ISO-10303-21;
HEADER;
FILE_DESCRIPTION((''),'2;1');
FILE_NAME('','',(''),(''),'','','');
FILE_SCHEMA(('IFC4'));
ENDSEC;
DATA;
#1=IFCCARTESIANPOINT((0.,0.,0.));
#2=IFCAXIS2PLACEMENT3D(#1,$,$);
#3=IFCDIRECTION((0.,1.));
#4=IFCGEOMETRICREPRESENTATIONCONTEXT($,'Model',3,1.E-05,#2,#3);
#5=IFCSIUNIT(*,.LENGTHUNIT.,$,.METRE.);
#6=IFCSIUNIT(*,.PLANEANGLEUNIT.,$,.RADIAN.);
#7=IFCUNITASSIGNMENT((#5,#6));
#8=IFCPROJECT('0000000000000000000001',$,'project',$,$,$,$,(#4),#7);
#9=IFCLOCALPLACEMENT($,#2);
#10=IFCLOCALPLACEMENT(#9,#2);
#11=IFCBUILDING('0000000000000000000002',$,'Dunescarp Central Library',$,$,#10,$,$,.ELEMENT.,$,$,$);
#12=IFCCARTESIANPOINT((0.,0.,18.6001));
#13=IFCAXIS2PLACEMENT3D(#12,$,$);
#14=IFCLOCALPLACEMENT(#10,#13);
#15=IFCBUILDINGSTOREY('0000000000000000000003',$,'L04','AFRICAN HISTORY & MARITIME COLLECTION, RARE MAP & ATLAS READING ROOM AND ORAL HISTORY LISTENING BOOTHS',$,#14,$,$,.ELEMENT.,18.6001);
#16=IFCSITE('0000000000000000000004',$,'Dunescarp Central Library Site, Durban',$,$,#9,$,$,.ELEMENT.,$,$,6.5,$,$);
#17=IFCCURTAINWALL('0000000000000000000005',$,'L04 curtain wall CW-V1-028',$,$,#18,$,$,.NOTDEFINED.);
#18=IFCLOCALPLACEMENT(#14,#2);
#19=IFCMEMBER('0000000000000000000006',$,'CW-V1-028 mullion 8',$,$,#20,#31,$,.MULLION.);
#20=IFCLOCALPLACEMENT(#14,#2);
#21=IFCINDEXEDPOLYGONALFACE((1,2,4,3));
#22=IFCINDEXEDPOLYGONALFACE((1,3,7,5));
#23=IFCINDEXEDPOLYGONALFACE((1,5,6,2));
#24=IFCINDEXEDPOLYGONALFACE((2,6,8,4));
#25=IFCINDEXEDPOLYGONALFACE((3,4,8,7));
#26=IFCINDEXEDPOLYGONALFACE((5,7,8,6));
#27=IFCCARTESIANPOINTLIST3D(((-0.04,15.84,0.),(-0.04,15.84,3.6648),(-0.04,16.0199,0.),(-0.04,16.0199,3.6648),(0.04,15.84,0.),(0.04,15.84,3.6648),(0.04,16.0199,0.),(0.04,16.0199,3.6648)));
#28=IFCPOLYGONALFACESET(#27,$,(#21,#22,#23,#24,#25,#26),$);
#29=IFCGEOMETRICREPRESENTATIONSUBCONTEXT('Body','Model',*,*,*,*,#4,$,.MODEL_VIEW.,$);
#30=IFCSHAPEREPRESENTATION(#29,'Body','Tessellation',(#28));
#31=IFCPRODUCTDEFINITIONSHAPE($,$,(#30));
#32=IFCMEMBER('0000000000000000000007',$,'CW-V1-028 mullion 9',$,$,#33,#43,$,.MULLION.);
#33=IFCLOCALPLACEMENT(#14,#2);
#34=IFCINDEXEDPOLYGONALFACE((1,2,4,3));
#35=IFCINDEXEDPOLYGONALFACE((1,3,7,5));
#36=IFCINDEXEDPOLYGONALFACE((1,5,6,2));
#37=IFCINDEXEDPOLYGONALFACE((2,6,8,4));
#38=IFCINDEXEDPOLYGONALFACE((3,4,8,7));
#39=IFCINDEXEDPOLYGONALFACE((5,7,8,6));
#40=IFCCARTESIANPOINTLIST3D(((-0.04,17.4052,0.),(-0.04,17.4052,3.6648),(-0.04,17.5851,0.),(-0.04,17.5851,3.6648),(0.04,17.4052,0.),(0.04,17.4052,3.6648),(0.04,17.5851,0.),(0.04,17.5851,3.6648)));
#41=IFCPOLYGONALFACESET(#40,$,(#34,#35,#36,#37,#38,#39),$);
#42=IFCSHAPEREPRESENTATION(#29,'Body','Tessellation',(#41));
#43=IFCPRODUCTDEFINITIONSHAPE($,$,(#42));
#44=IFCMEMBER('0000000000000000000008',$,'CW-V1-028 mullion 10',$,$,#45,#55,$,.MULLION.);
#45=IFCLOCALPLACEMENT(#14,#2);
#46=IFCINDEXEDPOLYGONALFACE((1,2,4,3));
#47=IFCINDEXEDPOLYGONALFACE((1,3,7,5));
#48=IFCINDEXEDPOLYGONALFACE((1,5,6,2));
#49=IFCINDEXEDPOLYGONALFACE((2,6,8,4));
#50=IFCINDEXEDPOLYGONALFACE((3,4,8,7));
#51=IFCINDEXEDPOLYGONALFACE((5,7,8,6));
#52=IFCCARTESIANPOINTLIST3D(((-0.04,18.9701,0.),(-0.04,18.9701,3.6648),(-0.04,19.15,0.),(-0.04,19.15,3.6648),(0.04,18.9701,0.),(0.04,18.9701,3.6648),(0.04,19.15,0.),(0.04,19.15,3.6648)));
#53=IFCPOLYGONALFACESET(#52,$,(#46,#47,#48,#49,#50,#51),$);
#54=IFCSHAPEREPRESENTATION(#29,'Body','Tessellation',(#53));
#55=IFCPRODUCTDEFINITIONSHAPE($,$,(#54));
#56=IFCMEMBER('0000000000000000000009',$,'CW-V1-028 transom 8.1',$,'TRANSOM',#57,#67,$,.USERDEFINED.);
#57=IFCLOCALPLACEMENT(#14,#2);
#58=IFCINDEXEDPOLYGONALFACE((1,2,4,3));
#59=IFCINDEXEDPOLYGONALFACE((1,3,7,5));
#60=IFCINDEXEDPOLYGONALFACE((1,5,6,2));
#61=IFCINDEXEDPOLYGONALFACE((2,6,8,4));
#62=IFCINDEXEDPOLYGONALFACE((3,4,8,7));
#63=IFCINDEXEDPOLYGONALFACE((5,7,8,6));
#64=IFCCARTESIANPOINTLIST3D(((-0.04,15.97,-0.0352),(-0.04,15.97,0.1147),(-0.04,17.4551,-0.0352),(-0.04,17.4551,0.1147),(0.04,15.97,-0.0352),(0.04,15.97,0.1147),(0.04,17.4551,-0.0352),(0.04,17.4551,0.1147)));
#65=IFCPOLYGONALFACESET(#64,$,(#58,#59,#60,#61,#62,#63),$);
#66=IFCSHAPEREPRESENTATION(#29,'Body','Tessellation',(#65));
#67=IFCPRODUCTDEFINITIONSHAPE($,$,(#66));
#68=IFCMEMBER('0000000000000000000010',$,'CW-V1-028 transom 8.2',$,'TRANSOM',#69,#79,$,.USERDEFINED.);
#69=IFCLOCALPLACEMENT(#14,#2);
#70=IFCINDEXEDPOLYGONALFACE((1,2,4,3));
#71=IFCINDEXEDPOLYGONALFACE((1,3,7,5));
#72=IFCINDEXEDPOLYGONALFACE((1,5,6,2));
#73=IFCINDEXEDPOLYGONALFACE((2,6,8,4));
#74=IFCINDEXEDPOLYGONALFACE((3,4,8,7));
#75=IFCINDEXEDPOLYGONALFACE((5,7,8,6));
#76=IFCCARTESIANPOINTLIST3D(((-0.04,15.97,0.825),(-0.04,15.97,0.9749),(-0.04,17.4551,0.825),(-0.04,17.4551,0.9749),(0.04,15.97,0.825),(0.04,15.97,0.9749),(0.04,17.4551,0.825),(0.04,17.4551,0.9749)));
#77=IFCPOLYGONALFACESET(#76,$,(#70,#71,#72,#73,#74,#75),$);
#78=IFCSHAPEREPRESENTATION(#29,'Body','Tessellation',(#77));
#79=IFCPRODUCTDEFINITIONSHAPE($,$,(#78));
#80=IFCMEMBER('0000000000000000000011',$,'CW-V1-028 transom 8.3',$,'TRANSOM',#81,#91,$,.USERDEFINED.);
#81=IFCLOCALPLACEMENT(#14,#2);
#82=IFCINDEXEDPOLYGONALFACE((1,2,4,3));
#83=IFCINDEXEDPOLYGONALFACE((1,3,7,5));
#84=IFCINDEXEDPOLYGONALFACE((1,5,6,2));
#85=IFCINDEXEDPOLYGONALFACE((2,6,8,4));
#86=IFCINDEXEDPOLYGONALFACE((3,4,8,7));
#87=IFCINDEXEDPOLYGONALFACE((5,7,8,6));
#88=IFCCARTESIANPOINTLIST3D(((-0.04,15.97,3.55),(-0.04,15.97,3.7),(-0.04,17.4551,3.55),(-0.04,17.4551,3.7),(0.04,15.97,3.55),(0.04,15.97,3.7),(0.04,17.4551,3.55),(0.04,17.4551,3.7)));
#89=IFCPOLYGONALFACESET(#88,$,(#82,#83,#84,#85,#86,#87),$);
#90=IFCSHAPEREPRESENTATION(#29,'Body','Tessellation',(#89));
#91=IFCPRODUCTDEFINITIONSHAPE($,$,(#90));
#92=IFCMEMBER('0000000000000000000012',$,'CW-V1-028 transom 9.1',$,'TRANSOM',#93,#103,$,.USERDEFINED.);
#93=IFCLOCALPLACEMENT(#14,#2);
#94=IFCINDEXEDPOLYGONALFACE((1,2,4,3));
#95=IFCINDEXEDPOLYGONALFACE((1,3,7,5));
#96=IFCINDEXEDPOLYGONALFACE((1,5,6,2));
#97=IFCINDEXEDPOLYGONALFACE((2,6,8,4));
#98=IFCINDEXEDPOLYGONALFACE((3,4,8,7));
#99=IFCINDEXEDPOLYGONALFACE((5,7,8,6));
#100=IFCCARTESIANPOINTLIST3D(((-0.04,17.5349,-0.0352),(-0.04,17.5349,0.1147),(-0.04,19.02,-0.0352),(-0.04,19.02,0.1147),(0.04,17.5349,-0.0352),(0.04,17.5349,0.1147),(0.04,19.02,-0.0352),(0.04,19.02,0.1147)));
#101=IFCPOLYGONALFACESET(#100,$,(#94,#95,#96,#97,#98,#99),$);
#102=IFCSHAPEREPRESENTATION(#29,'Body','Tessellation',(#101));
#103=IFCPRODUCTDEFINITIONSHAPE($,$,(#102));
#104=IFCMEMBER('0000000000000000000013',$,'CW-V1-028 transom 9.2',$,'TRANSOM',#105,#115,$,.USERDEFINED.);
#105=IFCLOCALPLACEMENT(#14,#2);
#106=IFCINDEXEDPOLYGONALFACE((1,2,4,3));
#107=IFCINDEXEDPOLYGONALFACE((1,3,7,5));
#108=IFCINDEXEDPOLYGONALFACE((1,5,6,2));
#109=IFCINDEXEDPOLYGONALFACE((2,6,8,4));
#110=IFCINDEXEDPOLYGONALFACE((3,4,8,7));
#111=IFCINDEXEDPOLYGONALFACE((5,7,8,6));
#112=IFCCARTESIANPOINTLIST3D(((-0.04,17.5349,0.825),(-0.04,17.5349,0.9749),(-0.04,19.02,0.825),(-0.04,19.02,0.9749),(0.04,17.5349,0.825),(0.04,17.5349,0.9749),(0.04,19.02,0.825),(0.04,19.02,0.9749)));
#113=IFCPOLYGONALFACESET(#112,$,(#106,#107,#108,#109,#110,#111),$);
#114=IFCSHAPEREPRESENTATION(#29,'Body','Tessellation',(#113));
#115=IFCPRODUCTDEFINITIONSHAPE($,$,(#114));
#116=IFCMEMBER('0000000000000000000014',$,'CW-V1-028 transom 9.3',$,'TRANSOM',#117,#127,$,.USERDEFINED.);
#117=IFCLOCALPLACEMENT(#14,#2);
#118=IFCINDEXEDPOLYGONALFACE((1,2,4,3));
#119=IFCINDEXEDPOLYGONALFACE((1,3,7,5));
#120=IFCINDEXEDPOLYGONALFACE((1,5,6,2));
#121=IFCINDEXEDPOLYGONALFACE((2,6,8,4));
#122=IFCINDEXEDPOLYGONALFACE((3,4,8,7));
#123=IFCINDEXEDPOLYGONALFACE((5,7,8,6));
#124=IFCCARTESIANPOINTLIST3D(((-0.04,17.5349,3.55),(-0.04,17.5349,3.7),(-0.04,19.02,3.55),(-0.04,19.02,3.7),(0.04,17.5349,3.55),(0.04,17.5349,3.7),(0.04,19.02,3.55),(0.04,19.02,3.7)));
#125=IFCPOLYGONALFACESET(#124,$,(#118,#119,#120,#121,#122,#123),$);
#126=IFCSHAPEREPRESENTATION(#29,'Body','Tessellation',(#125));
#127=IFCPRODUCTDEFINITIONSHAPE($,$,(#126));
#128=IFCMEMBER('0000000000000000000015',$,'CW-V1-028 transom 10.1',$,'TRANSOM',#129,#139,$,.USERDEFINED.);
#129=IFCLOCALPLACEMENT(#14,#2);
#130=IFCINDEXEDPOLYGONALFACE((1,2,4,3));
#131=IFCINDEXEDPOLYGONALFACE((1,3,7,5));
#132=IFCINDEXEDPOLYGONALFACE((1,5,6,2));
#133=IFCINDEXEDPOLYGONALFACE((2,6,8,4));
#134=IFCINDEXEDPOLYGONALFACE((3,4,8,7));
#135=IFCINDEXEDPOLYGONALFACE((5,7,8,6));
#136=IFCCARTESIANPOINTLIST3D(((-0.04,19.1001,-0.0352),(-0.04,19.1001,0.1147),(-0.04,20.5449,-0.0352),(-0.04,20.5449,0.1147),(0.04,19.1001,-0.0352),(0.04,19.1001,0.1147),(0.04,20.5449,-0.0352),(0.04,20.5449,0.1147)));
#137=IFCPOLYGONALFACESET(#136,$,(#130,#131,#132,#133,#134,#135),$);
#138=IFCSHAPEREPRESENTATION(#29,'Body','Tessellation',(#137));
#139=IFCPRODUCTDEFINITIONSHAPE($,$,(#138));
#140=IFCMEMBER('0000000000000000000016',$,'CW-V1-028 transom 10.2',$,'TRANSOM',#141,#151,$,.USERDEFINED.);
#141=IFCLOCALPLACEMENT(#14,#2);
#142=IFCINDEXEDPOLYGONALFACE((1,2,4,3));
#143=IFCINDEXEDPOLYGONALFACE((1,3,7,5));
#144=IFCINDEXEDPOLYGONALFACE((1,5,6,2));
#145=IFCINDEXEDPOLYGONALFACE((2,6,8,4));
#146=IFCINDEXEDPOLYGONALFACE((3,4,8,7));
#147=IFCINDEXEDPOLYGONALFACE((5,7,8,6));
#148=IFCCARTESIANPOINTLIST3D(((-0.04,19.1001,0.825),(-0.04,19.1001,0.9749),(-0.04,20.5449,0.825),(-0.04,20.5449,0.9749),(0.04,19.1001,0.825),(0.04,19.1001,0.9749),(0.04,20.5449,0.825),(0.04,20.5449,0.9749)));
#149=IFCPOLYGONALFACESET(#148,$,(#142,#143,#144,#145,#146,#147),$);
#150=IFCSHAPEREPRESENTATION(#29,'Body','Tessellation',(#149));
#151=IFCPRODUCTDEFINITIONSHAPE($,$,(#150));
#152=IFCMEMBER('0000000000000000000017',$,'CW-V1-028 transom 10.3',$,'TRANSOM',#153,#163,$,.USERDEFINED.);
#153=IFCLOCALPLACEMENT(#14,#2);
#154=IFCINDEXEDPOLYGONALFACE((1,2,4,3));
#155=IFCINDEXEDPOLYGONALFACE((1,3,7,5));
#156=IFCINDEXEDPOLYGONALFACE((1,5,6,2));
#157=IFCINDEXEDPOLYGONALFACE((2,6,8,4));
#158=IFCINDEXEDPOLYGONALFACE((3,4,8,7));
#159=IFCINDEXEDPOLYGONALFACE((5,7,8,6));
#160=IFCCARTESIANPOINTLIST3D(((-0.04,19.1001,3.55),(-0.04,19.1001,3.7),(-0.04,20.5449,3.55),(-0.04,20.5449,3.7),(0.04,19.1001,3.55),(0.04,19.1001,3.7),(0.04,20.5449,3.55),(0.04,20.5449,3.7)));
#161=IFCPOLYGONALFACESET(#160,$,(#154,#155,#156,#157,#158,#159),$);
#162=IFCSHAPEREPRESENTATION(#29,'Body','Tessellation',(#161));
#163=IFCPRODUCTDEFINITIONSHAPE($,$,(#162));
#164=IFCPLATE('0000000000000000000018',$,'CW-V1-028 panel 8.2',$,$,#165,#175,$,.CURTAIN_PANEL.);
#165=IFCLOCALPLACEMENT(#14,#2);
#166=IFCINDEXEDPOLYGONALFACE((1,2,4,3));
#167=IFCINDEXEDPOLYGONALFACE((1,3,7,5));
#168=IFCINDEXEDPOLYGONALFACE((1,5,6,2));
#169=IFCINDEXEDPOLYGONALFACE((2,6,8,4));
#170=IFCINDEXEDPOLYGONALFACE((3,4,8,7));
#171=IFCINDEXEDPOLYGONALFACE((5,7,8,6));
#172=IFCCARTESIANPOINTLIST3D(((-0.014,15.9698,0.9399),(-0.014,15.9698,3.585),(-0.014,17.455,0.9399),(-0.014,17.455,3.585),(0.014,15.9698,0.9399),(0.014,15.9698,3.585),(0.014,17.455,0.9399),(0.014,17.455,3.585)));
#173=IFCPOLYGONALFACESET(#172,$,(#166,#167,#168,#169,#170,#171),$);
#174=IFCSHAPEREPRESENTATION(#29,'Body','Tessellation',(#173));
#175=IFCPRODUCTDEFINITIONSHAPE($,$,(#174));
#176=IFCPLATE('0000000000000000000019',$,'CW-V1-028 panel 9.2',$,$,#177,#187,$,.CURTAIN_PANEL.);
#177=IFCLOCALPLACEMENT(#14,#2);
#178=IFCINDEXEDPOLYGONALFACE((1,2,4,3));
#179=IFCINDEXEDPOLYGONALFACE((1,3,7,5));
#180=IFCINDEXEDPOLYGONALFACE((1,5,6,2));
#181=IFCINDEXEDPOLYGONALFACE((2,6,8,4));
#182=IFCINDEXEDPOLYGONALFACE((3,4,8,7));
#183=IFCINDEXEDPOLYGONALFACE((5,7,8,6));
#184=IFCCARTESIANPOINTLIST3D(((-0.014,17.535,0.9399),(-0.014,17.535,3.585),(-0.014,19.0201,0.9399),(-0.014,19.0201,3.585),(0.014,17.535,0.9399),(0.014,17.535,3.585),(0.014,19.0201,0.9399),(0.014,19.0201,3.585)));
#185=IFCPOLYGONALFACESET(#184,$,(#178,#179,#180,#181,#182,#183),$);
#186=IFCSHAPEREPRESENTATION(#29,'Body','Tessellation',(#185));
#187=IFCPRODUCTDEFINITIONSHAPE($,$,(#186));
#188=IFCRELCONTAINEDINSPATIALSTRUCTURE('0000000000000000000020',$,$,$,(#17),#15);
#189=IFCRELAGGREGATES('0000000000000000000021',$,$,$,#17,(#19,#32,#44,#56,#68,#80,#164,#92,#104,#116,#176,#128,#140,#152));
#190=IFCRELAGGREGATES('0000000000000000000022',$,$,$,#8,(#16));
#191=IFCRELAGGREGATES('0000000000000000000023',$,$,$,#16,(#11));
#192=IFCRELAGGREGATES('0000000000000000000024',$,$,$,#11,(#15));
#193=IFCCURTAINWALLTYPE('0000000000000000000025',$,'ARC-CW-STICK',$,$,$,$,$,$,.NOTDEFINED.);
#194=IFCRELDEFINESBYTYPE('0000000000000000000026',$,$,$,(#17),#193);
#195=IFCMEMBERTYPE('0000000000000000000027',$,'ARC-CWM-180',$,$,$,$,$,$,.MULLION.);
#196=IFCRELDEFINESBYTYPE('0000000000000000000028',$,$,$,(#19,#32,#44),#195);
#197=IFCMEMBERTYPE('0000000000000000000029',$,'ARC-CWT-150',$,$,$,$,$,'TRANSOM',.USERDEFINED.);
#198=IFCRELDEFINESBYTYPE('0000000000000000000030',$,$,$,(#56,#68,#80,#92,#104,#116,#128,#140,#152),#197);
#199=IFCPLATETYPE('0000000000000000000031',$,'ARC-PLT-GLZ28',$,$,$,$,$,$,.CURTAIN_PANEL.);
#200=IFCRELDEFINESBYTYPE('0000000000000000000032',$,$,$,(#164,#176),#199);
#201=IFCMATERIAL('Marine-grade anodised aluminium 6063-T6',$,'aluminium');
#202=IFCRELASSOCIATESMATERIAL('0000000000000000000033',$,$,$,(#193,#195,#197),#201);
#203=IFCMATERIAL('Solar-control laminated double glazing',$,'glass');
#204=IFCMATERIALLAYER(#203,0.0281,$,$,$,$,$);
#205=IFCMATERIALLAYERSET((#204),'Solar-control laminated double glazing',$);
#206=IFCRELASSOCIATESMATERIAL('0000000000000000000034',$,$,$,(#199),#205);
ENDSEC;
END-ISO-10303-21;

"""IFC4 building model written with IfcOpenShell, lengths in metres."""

from ifc_helpers import new_model, si_unit, direction, frame, origin, origin_2d, place, context, subcontext, project, spatial, rectangle, extrude, material, layer, layer_set, material_profile, profile_set, type_object, element, aggregate, save


model = new_model("IFC4")

# Units and contexts
model_context = context("Model", 3, precision=1e-05, world=origin(), true_north=direction((0.0, 1.0)))
body_context = subcontext(model_context, "Body", "Model", "MODEL_VIEW")
ifc_project = project(units=[si_unit("LENGTHUNIT", "METRE"), si_unit("PLANEANGLEUNIT", "RADIAN")], contexts=[model_context])

# Site, building, storey
site_placement = place(None, origin())
site = spatial("IfcSite", under=ifc_project, at=site_placement, Name="Dunescarp Central Library Site, Durban", CompositionType="ELEMENT", RefElevation=6.5)
building_placement = place(site_placement, origin())
building = spatial("IfcBuilding", under=site, at=building_placement, Name="Dunescarp Central Library", CompositionType="ELEMENT")
storey_placement = place(building_placement, frame((0.0, 0.0, 18.6001)))
storey = spatial("IfcBuildingStorey", under=building, at=storey_placement, Name="L04", Description="AFRICAN HISTORY & MARITIME COLLECTION, RARE MAP & ATLAS READING ROOM AND ORAL HISTORY LISTENING BOOTHS", CompositionType="ELEMENT", Elevation=18.6001)

# Curtain wall, members, plates
ifc_material_1 = material(Name="Marine-grade anodised aluminium 6063-T6", Category="aluminium")
curtain_wall_type = type_object("IfcCurtainWallType", Name="ARC-CW-STICK", PredefinedType="NOTDEFINED", material=ifc_material_1)
curtain_wall_placement = place(storey_placement, origin())
curtain_wall = element("IfcCurtainWall", 1, at=curtain_wall_placement, inside=storey, type_object=curtain_wall_type, Name="L04 curtain wall CW-V1-028", PredefinedType="NOTDEFINED")
ifc_material_profile_1 = material_profile(ifc_material_1, rectangle(XDim=0.0801, YDim=0.1799, at=origin_2d()), Name="AL 80x180")
ifc_profile_set_1 = profile_set([ifc_material_profile_1], Name="Marine-grade anodised aluminium 6063-T6")
member_type_1 = type_object("IfcMemberType", Name="ARC-CWM-180", PredefinedType="MULLION", material=ifc_profile_set_1)
member_1_placement = place(storey_placement, frame((0.0, 15.9299, 0.0), z_axis=(0.0, 0.0, 1.0), x_axis=(-1.0, 0.0, 0.0)))
member_1 = element("IfcMember", 2, at=member_1_placement, type_object=member_type_1, Name="CW-V1-028 mullion 8", PredefinedType="MULLION", context=body_context, shape_type="SweptSolid", body=[
    extrude(rectangle(XDim=0.0801, YDim=0.1799, at=origin_2d()), origin(), (0.0, 0.0, 1.0), 3.6648),
])
member_2_placement = place(storey_placement, frame((0.0, 17.4951, 0.0), z_axis=(0.0, 0.0, 1.0), x_axis=(-1.0, 0.0, 0.0)))
member_2 = element("IfcMember", 3, at=member_2_placement, type_object=member_type_1, Name="CW-V1-028 mullion 9", PredefinedType="MULLION", context=body_context, shape_type="SweptSolid", body=[
    extrude(rectangle(XDim=0.0801, YDim=0.1799, at=origin_2d()), origin(), (0.0, 0.0, 1.0), 3.6648),
])
member_3_placement = place(storey_placement, frame((0.0, 19.0601, 0.0), z_axis=(0.0, 0.0, 1.0), x_axis=(-1.0, 0.0, 0.0)))
member_3 = element("IfcMember", 4, at=member_3_placement, type_object=member_type_1, Name="CW-V1-028 mullion 10", PredefinedType="MULLION", context=body_context, shape_type="SweptSolid", body=[
    extrude(rectangle(XDim=0.0801, YDim=0.1799, at=origin_2d()), origin(), (0.0, 0.0, 1.0), 3.6648),
])
ifc_material_profile_2 = material_profile(ifc_material_1, rectangle(XDim=0.0801, YDim=0.1499, at=origin_2d()), Name="AL 80x150")
ifc_profile_set_2 = profile_set([ifc_material_profile_2], Name="Marine-grade anodised aluminium 6063-T6")
member_type_2 = type_object("IfcMemberType", Name="ARC-CWT-150", ElementType="TRANSOM", PredefinedType="USERDEFINED", material=ifc_profile_set_2)
member_4_placement = place(storey_placement, frame((0.0, 15.97, 0.0398), z_axis=(0.0, 1.0, 0.0), x_axis=(-1.0, 0.0, 0.0)))
member_4 = element("IfcMember", 5, at=member_4_placement, type_object=member_type_2, Name="CW-V1-028 transom 8.1", ObjectType="TRANSOM", PredefinedType="USERDEFINED", context=body_context, shape_type="SweptSolid", body=[
    extrude(rectangle(XDim=0.0801, YDim=0.1499, at=origin_2d()), origin(), (0.0, 0.0, 1.0), 1.4851),
])
member_5_placement = place(storey_placement, frame((0.0, 15.97, 0.8999), z_axis=(0.0, 1.0, 0.0), x_axis=(-1.0, 0.0, 0.0)))
member_5 = element("IfcMember", 6, at=member_5_placement, type_object=member_type_2, Name="CW-V1-028 transom 8.2", ObjectType="TRANSOM", PredefinedType="USERDEFINED", context=body_context, shape_type="SweptSolid", body=[
    extrude(rectangle(XDim=0.0801, YDim=0.1499, at=origin_2d()), origin(), (0.0, 0.0, 1.0), 1.4851),
])
member_6_placement = place(storey_placement, frame((0.0, 15.97, 3.625), z_axis=(0.0, 1.0, 0.0), x_axis=(-1.0, 0.0, 0.0)))
member_6 = element("IfcMember", 7, at=member_6_placement, type_object=member_type_2, Name="CW-V1-028 transom 8.3", ObjectType="TRANSOM", PredefinedType="USERDEFINED", context=body_context, shape_type="SweptSolid", body=[
    extrude(rectangle(XDim=0.0801, YDim=0.1499, at=origin_2d()), origin(), (0.0, 0.0, 1.0), 1.4851),
])
member_7_placement = place(storey_placement, frame((0.0, 17.5349, 0.0398), z_axis=(0.0, 1.0, 0.0), x_axis=(-1.0, 0.0, 0.0)))
member_7 = element("IfcMember", 8, at=member_7_placement, type_object=member_type_2, Name="CW-V1-028 transom 9.1", ObjectType="TRANSOM", PredefinedType="USERDEFINED", context=body_context, shape_type="SweptSolid", body=[
    extrude(rectangle(XDim=0.0801, YDim=0.1499, at=origin_2d()), origin(), (0.0, 0.0, 1.0), 1.4851),
])
member_8_placement = place(storey_placement, frame((0.0, 17.5349, 0.8999), z_axis=(0.0, 1.0, 0.0), x_axis=(-1.0, 0.0, 0.0)))
member_8 = element("IfcMember", 9, at=member_8_placement, type_object=member_type_2, Name="CW-V1-028 transom 9.2", ObjectType="TRANSOM", PredefinedType="USERDEFINED", context=body_context, shape_type="SweptSolid", body=[
    extrude(rectangle(XDim=0.0801, YDim=0.1499, at=origin_2d()), origin(), (0.0, 0.0, 1.0), 1.4851),
])
member_9_placement = place(storey_placement, frame((0.0, 17.5349, 3.625), z_axis=(0.0, 1.0, 0.0), x_axis=(-1.0, 0.0, 0.0)))
member_9 = element("IfcMember", 10, at=member_9_placement, type_object=member_type_2, Name="CW-V1-028 transom 9.3", ObjectType="TRANSOM", PredefinedType="USERDEFINED", context=body_context, shape_type="SweptSolid", body=[
    extrude(rectangle(XDim=0.0801, YDim=0.1499, at=origin_2d()), origin(), (0.0, 0.0, 1.0), 1.4851),
])
member_10_placement = place(storey_placement, frame((0.0, 19.1001, 0.0398), z_axis=(0.0, 1.0, 0.0), x_axis=(-1.0, 0.0, 0.0)))
member_10 = element("IfcMember", 11, at=member_10_placement, type_object=member_type_2, Name="CW-V1-028 transom 10.1", ObjectType="TRANSOM", PredefinedType="USERDEFINED", context=body_context, shape_type="SweptSolid", body=[
    extrude(rectangle(XDim=0.0801, YDim=0.1499, at=origin_2d()), origin(), (0.0, 0.0, 1.0), 1.4448),
])
member_11_placement = place(storey_placement, frame((0.0, 19.1001, 0.8999), z_axis=(0.0, 1.0, 0.0), x_axis=(-1.0, 0.0, 0.0)))
member_11 = element("IfcMember", 12, at=member_11_placement, type_object=member_type_2, Name="CW-V1-028 transom 10.2", ObjectType="TRANSOM", PredefinedType="USERDEFINED", context=body_context, shape_type="SweptSolid", body=[
    extrude(rectangle(XDim=0.0801, YDim=0.1499, at=origin_2d()), origin(), (0.0, 0.0, 1.0), 1.4448),
])
member_12_placement = place(storey_placement, frame((0.0, 19.1001, 3.625), z_axis=(0.0, 1.0, 0.0), x_axis=(-1.0, 0.0, 0.0)))
member_12 = element("IfcMember", 13, at=member_12_placement, type_object=member_type_2, Name="CW-V1-028 transom 10.3", ObjectType="TRANSOM", PredefinedType="USERDEFINED", context=body_context, shape_type="SweptSolid", body=[
    extrude(rectangle(XDim=0.0801, YDim=0.1499, at=origin_2d()), origin(), (0.0, 0.0, 1.0), 1.4448),
])
ifc_material_2 = material(Name="Solar-control laminated double glazing", Category="glass")
ifc_layer_1 = layer(ifc_material_2, 0.0281)
ifc_layer_set_1 = layer_set([ifc_layer_1], Name="Solar-control laminated double glazing")
plate_type_1 = type_object("IfcPlateType", Name="ARC-PLT-GLZ28", PredefinedType="CURTAIN_PANEL", material=ifc_layer_set_1)
plate_1_placement = place(storey_placement, frame((0.0, 16.7124, 0.9399), z_axis=(0.0, 0.0, 1.0), x_axis=(0.0, 1.0, 0.0)))
plate_1 = element("IfcPlate", 14, at=plate_1_placement, type_object=plate_type_1, Name="CW-V1-028 panel 8.2", PredefinedType="CURTAIN_PANEL", context=body_context, shape_type="SweptSolid", body=[
    extrude(rectangle(XDim=1.4851, YDim=0.0281, at=origin_2d()), origin(), (0.0, 0.0, 1.0), 2.645),
])
plate_2_placement = place(storey_placement, frame((0.0, 18.2776, 0.9399), z_axis=(0.0, 0.0, 1.0), x_axis=(0.0, 1.0, 0.0)))
plate_2 = element("IfcPlate", 15, at=plate_2_placement, type_object=plate_type_1, Name="CW-V1-028 panel 9.2", PredefinedType="CURTAIN_PANEL", context=body_context, shape_type="SweptSolid", body=[
    extrude(rectangle(XDim=1.4851, YDim=0.0281, at=origin_2d()), origin(), (0.0, 0.0, 1.0), 2.645),
])
aggregate(curtain_wall, [member_1, member_2, member_3, member_4, member_5, member_6, plate_1, member_7, member_8, member_9, plate_2, member_10, member_11, member_12])

save(model, "model.ifc")
